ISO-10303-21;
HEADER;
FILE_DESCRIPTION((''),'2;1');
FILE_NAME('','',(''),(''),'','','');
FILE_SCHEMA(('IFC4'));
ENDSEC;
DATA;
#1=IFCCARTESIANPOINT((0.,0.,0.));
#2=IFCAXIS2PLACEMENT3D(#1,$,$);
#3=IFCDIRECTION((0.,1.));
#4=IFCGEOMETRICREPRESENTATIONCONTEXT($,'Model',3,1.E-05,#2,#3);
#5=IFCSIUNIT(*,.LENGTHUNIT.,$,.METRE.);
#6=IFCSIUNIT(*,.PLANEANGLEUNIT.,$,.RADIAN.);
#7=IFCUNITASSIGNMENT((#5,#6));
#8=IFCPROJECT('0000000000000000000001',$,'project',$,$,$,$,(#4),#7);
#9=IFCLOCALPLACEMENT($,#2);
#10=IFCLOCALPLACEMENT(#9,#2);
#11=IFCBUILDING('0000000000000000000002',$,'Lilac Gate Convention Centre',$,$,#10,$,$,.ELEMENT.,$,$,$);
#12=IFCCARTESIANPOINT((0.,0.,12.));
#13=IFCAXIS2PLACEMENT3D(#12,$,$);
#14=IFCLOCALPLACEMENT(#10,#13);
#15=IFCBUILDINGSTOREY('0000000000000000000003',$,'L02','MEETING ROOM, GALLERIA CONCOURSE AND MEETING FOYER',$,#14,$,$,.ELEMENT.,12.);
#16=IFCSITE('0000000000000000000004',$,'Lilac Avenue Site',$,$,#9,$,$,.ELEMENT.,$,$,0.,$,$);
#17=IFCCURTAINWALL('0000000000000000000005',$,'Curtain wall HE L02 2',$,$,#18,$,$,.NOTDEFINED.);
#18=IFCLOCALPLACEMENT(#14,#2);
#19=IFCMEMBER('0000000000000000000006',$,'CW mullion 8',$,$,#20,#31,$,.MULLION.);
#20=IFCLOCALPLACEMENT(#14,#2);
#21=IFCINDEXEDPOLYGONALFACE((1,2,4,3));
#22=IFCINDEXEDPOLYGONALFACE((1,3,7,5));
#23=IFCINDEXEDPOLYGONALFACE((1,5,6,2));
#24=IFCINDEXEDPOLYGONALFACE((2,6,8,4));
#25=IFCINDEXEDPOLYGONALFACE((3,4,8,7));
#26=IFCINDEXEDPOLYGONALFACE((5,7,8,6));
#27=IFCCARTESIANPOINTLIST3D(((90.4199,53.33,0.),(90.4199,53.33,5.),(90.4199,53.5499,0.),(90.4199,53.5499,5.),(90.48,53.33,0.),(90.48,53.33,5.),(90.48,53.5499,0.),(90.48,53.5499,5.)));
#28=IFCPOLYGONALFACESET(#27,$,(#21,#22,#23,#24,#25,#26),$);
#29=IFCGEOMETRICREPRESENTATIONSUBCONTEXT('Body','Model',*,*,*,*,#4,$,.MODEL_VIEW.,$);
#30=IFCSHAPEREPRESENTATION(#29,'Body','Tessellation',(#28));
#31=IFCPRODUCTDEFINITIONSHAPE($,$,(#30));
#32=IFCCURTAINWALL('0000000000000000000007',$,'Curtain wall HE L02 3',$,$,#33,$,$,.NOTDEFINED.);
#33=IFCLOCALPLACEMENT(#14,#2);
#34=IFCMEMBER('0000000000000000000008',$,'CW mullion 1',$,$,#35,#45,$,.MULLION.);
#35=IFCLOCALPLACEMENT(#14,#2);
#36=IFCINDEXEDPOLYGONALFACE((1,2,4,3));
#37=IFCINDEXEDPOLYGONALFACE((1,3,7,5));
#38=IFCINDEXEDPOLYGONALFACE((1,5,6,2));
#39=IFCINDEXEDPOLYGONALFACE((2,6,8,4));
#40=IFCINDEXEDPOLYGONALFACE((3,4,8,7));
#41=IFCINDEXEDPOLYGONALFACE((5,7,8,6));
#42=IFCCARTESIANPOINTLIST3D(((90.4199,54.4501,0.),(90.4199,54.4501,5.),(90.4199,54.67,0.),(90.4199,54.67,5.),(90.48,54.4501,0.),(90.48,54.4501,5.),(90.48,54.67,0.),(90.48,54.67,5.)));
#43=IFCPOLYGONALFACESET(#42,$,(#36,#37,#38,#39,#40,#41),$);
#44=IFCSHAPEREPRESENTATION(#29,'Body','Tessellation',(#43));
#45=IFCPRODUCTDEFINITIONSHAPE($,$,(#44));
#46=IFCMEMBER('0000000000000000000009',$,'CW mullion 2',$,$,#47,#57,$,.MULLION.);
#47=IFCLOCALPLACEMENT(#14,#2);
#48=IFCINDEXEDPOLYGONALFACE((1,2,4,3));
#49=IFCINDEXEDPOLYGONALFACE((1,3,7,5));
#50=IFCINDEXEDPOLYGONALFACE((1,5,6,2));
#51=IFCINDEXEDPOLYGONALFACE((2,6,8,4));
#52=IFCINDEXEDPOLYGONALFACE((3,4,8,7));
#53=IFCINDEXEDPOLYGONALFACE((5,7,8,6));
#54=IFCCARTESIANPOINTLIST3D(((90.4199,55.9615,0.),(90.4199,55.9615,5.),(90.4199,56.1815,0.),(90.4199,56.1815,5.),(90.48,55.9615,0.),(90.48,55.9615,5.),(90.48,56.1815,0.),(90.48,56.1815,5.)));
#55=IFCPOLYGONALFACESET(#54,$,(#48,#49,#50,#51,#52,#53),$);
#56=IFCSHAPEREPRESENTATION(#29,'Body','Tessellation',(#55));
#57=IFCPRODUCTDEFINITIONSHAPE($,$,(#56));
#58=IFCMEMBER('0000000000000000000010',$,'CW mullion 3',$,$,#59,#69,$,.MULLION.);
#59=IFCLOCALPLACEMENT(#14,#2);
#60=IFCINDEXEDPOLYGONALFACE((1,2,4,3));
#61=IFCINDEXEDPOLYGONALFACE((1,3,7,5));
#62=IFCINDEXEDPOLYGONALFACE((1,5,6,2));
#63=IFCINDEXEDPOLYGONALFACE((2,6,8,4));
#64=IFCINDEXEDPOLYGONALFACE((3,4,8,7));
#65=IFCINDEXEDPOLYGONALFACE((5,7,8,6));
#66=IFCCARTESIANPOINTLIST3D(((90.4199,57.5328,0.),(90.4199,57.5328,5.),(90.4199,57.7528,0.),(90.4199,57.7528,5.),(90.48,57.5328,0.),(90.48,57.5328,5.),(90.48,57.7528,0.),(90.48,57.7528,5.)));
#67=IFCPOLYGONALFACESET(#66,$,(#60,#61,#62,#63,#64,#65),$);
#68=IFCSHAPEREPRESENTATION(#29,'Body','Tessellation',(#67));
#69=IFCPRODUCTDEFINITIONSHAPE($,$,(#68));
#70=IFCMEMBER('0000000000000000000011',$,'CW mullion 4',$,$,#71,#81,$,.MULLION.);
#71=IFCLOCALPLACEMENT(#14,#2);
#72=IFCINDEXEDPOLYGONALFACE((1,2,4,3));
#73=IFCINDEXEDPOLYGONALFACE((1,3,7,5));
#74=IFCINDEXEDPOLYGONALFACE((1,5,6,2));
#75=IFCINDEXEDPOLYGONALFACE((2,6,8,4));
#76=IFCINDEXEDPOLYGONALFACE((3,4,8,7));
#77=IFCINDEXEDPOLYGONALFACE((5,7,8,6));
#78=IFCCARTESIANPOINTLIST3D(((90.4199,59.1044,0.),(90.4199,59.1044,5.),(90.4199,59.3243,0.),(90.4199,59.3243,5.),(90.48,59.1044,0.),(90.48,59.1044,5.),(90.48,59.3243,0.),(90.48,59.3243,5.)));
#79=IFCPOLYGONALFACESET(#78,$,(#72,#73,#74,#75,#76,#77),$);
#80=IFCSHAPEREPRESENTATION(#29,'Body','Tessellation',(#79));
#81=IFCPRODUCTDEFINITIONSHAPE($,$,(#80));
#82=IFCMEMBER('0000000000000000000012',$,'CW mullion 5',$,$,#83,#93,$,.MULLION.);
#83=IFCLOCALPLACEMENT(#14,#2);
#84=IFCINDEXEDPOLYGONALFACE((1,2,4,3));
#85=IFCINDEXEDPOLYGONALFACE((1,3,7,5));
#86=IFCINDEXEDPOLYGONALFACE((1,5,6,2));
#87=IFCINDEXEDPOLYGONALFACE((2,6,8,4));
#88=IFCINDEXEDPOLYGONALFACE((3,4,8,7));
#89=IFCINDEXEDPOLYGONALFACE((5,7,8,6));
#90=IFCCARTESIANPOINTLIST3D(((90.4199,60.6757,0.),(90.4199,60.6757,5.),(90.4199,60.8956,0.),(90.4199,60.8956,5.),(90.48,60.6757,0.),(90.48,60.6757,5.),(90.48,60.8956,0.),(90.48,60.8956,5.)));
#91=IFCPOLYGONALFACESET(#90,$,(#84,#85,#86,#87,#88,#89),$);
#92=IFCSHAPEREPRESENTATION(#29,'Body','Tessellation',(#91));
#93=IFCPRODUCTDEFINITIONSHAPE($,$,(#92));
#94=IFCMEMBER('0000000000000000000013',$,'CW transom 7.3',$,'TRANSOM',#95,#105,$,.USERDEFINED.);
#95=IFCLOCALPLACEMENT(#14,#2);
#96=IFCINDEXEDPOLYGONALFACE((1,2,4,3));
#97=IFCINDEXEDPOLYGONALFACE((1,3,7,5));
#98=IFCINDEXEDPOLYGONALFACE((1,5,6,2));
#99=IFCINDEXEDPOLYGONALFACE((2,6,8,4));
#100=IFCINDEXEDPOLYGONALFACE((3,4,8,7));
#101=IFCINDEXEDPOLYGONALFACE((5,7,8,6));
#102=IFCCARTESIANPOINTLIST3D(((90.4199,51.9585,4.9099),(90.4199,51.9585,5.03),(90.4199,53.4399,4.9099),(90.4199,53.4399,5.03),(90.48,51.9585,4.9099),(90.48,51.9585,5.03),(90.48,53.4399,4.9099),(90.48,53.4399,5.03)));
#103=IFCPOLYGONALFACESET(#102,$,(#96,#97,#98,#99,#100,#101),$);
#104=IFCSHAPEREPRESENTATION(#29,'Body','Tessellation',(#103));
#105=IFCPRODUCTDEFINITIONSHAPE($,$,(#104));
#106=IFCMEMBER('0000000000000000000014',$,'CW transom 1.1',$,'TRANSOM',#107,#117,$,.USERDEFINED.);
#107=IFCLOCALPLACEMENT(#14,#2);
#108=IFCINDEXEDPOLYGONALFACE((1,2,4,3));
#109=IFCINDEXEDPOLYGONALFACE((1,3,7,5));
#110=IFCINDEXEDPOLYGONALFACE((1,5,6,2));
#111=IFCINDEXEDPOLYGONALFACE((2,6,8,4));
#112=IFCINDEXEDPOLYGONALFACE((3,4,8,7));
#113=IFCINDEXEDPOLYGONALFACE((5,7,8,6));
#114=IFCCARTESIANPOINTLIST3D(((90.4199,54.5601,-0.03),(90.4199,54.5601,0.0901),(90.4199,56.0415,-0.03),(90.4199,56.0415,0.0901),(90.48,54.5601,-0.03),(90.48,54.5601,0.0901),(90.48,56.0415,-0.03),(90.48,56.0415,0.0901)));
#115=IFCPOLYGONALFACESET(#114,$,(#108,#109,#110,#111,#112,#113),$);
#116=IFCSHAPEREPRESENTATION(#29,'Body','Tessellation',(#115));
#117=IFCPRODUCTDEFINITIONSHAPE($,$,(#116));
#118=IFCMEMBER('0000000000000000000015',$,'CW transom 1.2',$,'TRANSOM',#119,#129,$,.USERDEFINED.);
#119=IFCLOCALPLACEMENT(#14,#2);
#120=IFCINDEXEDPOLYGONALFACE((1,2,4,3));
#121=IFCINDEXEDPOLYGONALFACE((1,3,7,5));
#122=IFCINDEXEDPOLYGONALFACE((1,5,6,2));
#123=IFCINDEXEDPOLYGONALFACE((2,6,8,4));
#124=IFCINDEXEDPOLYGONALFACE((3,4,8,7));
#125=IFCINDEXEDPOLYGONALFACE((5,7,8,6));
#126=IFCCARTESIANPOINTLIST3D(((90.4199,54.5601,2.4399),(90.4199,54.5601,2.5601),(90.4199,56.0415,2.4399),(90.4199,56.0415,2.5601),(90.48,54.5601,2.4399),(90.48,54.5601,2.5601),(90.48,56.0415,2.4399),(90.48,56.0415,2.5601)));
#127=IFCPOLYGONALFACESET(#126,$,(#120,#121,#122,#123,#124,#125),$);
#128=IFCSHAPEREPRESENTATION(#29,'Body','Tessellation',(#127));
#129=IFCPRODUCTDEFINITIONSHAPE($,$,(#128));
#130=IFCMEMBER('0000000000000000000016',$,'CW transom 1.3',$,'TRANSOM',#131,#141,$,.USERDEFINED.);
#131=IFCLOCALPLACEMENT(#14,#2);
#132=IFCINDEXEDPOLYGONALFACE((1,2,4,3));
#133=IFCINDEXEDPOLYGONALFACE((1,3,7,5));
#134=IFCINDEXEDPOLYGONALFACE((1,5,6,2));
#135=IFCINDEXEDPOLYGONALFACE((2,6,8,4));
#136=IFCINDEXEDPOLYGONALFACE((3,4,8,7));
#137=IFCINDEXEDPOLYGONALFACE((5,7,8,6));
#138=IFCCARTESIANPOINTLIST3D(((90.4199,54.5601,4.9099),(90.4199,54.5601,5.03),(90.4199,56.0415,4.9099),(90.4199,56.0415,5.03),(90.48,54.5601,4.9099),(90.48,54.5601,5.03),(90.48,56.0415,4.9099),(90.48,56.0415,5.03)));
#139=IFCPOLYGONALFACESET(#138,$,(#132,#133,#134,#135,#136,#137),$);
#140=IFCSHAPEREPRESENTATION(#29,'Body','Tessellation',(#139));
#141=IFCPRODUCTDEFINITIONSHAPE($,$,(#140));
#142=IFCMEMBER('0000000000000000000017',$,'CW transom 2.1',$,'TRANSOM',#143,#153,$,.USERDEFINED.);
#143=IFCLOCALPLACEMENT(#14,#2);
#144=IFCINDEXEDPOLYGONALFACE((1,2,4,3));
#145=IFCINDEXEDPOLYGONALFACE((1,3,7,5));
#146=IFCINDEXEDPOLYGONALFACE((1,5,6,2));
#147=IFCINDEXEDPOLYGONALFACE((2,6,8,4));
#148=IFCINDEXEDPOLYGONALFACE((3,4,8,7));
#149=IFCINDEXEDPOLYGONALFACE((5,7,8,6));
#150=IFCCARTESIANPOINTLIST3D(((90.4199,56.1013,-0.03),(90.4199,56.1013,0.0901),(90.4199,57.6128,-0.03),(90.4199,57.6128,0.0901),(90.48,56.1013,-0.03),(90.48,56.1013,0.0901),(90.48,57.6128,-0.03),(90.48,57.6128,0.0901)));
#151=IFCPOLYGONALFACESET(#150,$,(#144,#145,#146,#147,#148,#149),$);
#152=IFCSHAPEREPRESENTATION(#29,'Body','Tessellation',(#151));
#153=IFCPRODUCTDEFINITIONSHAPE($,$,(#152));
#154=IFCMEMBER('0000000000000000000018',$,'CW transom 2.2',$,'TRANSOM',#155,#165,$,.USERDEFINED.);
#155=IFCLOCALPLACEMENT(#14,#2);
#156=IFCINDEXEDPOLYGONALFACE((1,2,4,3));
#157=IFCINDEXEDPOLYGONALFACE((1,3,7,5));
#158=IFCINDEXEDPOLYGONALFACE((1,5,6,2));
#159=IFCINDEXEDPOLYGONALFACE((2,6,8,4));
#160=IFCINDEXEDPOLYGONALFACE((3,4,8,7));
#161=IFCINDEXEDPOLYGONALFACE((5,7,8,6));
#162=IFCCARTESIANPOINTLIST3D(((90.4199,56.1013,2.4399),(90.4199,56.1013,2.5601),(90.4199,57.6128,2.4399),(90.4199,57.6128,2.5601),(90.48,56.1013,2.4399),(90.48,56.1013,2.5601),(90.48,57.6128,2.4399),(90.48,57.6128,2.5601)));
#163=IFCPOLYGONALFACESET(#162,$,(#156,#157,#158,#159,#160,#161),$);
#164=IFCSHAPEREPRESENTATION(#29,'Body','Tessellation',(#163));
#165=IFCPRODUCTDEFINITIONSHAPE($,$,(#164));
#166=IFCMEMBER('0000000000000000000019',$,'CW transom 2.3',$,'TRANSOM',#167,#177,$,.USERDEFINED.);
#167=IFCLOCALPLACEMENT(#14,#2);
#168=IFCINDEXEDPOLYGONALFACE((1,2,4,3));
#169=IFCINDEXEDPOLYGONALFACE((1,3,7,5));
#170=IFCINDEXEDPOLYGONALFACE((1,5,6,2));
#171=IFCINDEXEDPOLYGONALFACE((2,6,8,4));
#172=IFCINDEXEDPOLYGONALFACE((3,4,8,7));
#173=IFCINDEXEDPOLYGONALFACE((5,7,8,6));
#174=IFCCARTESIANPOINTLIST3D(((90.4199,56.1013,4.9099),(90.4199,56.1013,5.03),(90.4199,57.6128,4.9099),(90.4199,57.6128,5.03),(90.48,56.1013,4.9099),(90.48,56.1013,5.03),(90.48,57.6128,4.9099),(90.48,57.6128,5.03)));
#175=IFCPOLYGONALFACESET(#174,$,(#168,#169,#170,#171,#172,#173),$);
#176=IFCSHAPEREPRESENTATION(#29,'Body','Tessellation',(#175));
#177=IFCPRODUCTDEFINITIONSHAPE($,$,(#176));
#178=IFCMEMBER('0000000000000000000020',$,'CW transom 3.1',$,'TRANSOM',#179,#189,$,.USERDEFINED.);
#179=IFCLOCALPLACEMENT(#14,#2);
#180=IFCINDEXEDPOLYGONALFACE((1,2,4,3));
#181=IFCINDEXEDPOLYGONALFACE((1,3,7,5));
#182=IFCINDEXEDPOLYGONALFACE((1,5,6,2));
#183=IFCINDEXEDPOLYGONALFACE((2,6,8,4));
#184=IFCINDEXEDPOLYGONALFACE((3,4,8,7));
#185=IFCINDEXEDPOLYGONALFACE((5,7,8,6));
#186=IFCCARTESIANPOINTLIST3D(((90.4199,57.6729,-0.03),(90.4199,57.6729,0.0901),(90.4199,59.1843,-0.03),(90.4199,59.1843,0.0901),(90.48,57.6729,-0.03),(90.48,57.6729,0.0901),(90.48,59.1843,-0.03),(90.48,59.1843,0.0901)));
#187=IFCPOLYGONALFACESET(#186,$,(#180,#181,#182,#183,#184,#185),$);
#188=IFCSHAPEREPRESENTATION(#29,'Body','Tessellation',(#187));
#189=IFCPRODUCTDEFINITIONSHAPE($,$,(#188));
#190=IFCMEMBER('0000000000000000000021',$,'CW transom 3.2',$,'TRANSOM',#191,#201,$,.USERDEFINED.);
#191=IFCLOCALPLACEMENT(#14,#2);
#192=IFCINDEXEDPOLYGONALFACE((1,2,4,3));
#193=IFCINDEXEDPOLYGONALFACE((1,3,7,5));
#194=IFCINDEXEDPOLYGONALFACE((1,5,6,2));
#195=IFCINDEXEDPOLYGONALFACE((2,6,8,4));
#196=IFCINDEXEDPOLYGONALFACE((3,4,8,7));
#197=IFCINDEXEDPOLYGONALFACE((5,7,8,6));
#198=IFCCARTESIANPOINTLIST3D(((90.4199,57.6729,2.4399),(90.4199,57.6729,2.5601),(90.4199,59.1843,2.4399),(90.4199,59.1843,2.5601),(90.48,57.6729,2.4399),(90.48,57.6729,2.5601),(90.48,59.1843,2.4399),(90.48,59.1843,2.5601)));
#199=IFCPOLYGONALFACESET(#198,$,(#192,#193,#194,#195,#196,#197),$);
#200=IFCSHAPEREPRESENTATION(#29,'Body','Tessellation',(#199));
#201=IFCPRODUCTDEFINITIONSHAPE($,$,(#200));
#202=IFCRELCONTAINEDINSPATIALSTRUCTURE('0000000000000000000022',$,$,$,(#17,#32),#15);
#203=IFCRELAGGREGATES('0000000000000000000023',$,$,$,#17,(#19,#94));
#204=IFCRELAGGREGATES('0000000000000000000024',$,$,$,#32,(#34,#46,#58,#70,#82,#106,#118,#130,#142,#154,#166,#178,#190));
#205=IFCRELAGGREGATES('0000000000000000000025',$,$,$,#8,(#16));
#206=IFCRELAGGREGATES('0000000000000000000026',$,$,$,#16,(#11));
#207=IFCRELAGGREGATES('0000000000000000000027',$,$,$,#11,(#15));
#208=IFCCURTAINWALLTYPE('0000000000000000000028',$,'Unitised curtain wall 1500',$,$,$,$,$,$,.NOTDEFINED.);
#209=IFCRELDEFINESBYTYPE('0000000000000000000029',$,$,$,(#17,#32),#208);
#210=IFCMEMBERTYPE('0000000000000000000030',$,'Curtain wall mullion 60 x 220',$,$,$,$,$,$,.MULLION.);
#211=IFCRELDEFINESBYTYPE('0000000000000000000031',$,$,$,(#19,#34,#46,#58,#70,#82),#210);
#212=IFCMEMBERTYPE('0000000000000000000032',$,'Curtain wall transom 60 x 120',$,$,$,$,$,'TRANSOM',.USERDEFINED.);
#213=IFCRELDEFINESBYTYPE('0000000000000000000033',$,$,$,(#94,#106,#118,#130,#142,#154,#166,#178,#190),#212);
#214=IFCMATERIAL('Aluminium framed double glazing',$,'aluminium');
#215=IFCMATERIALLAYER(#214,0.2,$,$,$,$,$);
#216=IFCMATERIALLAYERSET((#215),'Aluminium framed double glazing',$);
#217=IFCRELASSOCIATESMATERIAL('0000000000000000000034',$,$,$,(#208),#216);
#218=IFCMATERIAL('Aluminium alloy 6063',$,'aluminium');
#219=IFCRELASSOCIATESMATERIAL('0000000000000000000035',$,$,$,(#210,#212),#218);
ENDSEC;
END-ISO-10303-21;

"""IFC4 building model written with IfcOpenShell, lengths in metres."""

from ifc_helpers import new_model, si_unit, direction, frame, origin, origin_2d, place, context, subcontext, project, spatial, rectangle, extrude, material, layer, layer_set, material_profile, profile_set, type_object, element, aggregate, save


model = new_model("IFC4")

# Units and contexts
model_context = context("Model", 3, precision=1e-05, world=origin(), true_north=direction((0.0, 1.0)))
body_context = subcontext(model_context, "Body", "Model", "MODEL_VIEW")
ifc_project = project(units=[si_unit("LENGTHUNIT", "METRE"), si_unit("PLANEANGLEUNIT", "RADIAN")], contexts=[model_context])

# Site, building, storey
site_placement = place(None, origin())
site = spatial("IfcSite", under=ifc_project, at=site_placement, Name="Lilac Avenue Site", CompositionType="ELEMENT", RefElevation=0.0)
building_placement = place(site_placement, origin())
building = spatial("IfcBuilding", under=site, at=building_placement, Name="Lilac Gate Convention Centre", CompositionType="ELEMENT")
storey_placement = place(building_placement, frame((0.0, 0.0, 12.0)))
storey = spatial("IfcBuildingStorey", under=building, at=storey_placement, Name="L02", Description="MEETING ROOM, GALLERIA CONCOURSE AND MEETING FOYER", CompositionType="ELEMENT", Elevation=12.0)

# Curtain wall, member
ifc_material_1 = material(Name="Aluminium framed double glazing", Category="aluminium")
ifc_layer_1 = layer(ifc_material_1, 0.2)
ifc_layer_set_1 = layer_set([ifc_layer_1], Name="Aluminium framed double glazing")
curtain_wall_type = type_object("IfcCurtainWallType", Name="Unitised curtain wall 1500", PredefinedType="NOTDEFINED", material=ifc_layer_set_1)
curtain_wall_1_placement = place(storey_placement, origin())
curtain_wall_1 = element("IfcCurtainWall", 1, at=curtain_wall_1_placement, inside=storey, type_object=curtain_wall_type, Name="Curtain wall HE L02 2", PredefinedType="NOTDEFINED")
ifc_material_2 = material(Name="Aluminium alloy 6063", Category="aluminium")
ifc_material_profile_1 = material_profile(ifc_material_2, rectangle(XDim=0.0601, YDim=0.22, at=origin_2d()), Name="Curtain wall mullion 60 x 220")
ifc_profile_set_1 = profile_set([ifc_material_profile_1], Name="Aluminium alloy 6063")
member_type_1 = type_object("IfcMemberType", Name="Curtain wall mullion 60 x 220", PredefinedType="MULLION", material=ifc_profile_set_1)
member_1_placement = place(storey_placement, frame((90.45, 53.4399, 0.0), z_axis=(0.0, 0.0, 1.0), x_axis=(-1.0, 0.0, 0.0)))
member_1 = element("IfcMember", 2, at=member_1_placement, type_object=member_type_1, Name="CW mullion 8", PredefinedType="MULLION", context=body_context, shape_type="SweptSolid", body=[
    extrude(rectangle(XDim=0.0601, YDim=0.22, at=origin_2d()), origin(), (0.0, 0.0, 1.0), 5.0),
])

# Curtain wall, members
curtain_wall_2_placement = place(storey_placement, origin())
curtain_wall_2 = element("IfcCurtainWall", 3, at=curtain_wall_2_placement, inside=storey, type_object=curtain_wall_type, Name="Curtain wall HE L02 3", PredefinedType="NOTDEFINED")
member_2_placement = place(storey_placement, frame((90.45, 54.5601, 0.0), z_axis=(0.0, 0.0, 1.0), x_axis=(-1.0, 0.0, 0.0)))
member_2 = element("IfcMember", 4, at=member_2_placement, type_object=member_type_1, Name="CW mullion 1", PredefinedType="MULLION", context=body_context, shape_type="SweptSolid", body=[
    extrude(rectangle(XDim=0.0601, YDim=0.22, at=origin_2d()), origin(), (0.0, 0.0, 1.0), 5.0),
])
member_3_placement = place(storey_placement, frame((90.45, 56.0715, 0.0), z_axis=(0.0, 0.0, 1.0), x_axis=(-1.0, 0.0, 0.0)))
member_3 = element("IfcMember", 5, at=member_3_placement, type_object=member_type_1, Name="CW mullion 2", PredefinedType="MULLION", context=body_context, shape_type="SweptSolid", body=[
    extrude(rectangle(XDim=0.0601, YDim=0.22, at=origin_2d()), origin(), (0.0, 0.0, 1.0), 5.0),
])
member_4_placement = place(storey_placement, frame((90.45, 57.6428, 0.0), z_axis=(0.0, 0.0, 1.0), x_axis=(-1.0, 0.0, 0.0)))
member_4 = element("IfcMember", 6, at=member_4_placement, type_object=member_type_1, Name="CW mullion 3", PredefinedType="MULLION", context=body_context, shape_type="SweptSolid", body=[
    extrude(rectangle(XDim=0.0601, YDim=0.22, at=origin_2d()), origin(), (0.0, 0.0, 1.0), 5.0),
])
member_5_placement = place(storey_placement, frame((90.45, 59.2144, 0.0), z_axis=(0.0, 0.0, 1.0), x_axis=(-1.0, 0.0, 0.0)))
member_5 = element("IfcMember", 7, at=member_5_placement, type_object=member_type_1, Name="CW mullion 4", PredefinedType="MULLION", context=body_context, shape_type="SweptSolid", body=[
    extrude(rectangle(XDim=0.0601, YDim=0.22, at=origin_2d()), origin(), (0.0, 0.0, 1.0), 5.0),
])
member_6_placement = place(storey_placement, frame((90.45, 60.7856, 0.0), z_axis=(0.0, 0.0, 1.0), x_axis=(-1.0, 0.0, 0.0)))
member_6 = element("IfcMember", 8, at=member_6_placement, type_object=member_type_1, Name="CW mullion 5", PredefinedType="MULLION", context=body_context, shape_type="SweptSolid", body=[
    extrude(rectangle(XDim=0.0601, YDim=0.22, at=origin_2d()), origin(), (0.0, 0.0, 1.0), 5.0),
])

# Members
ifc_material_profile_2 = material_profile(ifc_material_2, rectangle(XDim=0.0601, YDim=0.1201, at=origin_2d()), Name="Curtain wall transom 60 x 120")
ifc_profile_set_2 = profile_set([ifc_material_profile_2], Name="Aluminium alloy 6063")
member_type_2 = type_object("IfcMemberType", Name="Curtain wall transom 60 x 120", ElementType="TRANSOM", PredefinedType="USERDEFINED", material=ifc_profile_set_2)
member_7_placement = place(storey_placement, frame((90.45, 51.9585, 4.97), z_axis=(0.0, 1.0, 0.0), x_axis=(-1.0, 0.0, 0.0)))
member_7 = element("IfcMember", 9, at=member_7_placement, type_object=member_type_2, Name="CW transom 7.3", ObjectType="TRANSOM", PredefinedType="USERDEFINED", context=body_context, shape_type="SweptSolid", body=[
    extrude(rectangle(XDim=0.0601, YDim=0.1201, at=origin_2d()), origin(), (0.0, 0.0, 1.0), 1.4814),
])
member_8_placement = place(storey_placement, frame((90.45, 54.5601, 0.03), z_axis=(0.0, 1.0, 0.0), x_axis=(-1.0, 0.0, 0.0)))
member_8 = element("IfcMember", 10, at=member_8_placement, type_object=member_type_2, Name="CW transom 1.1", ObjectType="TRANSOM", PredefinedType="USERDEFINED", context=body_context, shape_type="SweptSolid", body=[
    extrude(rectangle(XDim=0.0601, YDim=0.1201, at=origin_2d()), origin(), (0.0, 0.0, 1.0), 1.4814),
])
member_9_placement = place(storey_placement, frame((90.45, 54.5601, 2.5), z_axis=(0.0, 1.0, 0.0), x_axis=(-1.0, 0.0, 0.0)))
member_9 = element("IfcMember", 11, at=member_9_placement, type_object=member_type_2, Name="CW transom 1.2", ObjectType="TRANSOM", PredefinedType="USERDEFINED", context=body_context, shape_type="SweptSolid", body=[
    extrude(rectangle(XDim=0.0601, YDim=0.1201, at=origin_2d()), origin(), (0.0, 0.0, 1.0), 1.4814),
])
member_10_placement = place(storey_placement, frame((90.45, 54.5601, 4.97), z_axis=(0.0, 1.0, 0.0), x_axis=(-1.0, 0.0, 0.0)))
member_10 = element("IfcMember", 12, at=member_10_placement, type_object=member_type_2, Name="CW transom 1.3", ObjectType="TRANSOM", PredefinedType="USERDEFINED", context=body_context, shape_type="SweptSolid", body=[
    extrude(rectangle(XDim=0.0601, YDim=0.1201, at=origin_2d()), origin(), (0.0, 0.0, 1.0), 1.4814),
])
member_11_placement = place(storey_placement, frame((90.45, 56.1013, 0.03), z_axis=(0.0, 1.0, 0.0), x_axis=(-1.0, 0.0, 0.0)))
member_11 = element("IfcMember", 13, at=member_11_placement, type_object=member_type_2, Name="CW transom 2.1", ObjectType="TRANSOM", PredefinedType="USERDEFINED", context=body_context, shape_type="SweptSolid", body=[
    extrude(rectangle(XDim=0.0601, YDim=0.1201, at=origin_2d()), origin(), (0.0, 0.0, 1.0), 1.5115),
])
member_12_placement = place(storey_placement, frame((90.45, 56.1013, 2.5), z_axis=(0.0, 1.0, 0.0), x_axis=(-1.0, 0.0, 0.0)))
member_12 = element("IfcMember", 14, at=member_12_placement, type_object=member_type_2, Name="CW transom 2.2", ObjectType="TRANSOM", PredefinedType="USERDEFINED", context=body_context, shape_type="SweptSolid", body=[
    extrude(rectangle(XDim=0.0601, YDim=0.1201, at=origin_2d()), origin(), (0.0, 0.0, 1.0), 1.5115),
])
member_13_placement = place(storey_placement, frame((90.45, 56.1013, 4.97), z_axis=(0.0, 1.0, 0.0), x_axis=(-1.0, 0.0, 0.0)))
member_13 = element("IfcMember", 15, at=member_13_placement, type_object=member_type_2, Name="CW transom 2.3", ObjectType="TRANSOM", PredefinedType="USERDEFINED", context=body_context, shape_type="SweptSolid", body=[
    extrude(rectangle(XDim=0.0601, YDim=0.1201, at=origin_2d()), origin(), (0.0, 0.0, 1.0), 1.5115),
])
member_14_placement = place(storey_placement, frame((90.45, 57.6729, 0.03), z_axis=(0.0, 1.0, 0.0), x_axis=(-1.0, 0.0, 0.0)))
member_14 = element("IfcMember", 16, at=member_14_placement, type_object=member_type_2, Name="CW transom 3.1", ObjectType="TRANSOM", PredefinedType="USERDEFINED", context=body_context, shape_type="SweptSolid", body=[
    extrude(rectangle(XDim=0.0601, YDim=0.1201, at=origin_2d()), origin(), (0.0, 0.0, 1.0), 1.5115),
])
member_15_placement = place(storey_placement, frame((90.45, 57.6729, 2.5), z_axis=(0.0, 1.0, 0.0), x_axis=(-1.0, 0.0, 0.0)))
member_15 = element("IfcMember", 17, at=member_15_placement, type_object=member_type_2, Name="CW transom 3.2", ObjectType="TRANSOM", PredefinedType="USERDEFINED", context=body_context, shape_type="SweptSolid", body=[
    extrude(rectangle(XDim=0.0601, YDim=0.1201, at=origin_2d()), origin(), (0.0, 0.0, 1.0), 1.5115),
])

aggregate(curtain_wall_1, [member_1, member_7])
aggregate(curtain_wall_2, [member_2, member_3, member_4, member_5, member_6, member_8, member_9, member_10, member_11, member_12, member_13, member_14, member_15])

save(model, "model.ifc")
